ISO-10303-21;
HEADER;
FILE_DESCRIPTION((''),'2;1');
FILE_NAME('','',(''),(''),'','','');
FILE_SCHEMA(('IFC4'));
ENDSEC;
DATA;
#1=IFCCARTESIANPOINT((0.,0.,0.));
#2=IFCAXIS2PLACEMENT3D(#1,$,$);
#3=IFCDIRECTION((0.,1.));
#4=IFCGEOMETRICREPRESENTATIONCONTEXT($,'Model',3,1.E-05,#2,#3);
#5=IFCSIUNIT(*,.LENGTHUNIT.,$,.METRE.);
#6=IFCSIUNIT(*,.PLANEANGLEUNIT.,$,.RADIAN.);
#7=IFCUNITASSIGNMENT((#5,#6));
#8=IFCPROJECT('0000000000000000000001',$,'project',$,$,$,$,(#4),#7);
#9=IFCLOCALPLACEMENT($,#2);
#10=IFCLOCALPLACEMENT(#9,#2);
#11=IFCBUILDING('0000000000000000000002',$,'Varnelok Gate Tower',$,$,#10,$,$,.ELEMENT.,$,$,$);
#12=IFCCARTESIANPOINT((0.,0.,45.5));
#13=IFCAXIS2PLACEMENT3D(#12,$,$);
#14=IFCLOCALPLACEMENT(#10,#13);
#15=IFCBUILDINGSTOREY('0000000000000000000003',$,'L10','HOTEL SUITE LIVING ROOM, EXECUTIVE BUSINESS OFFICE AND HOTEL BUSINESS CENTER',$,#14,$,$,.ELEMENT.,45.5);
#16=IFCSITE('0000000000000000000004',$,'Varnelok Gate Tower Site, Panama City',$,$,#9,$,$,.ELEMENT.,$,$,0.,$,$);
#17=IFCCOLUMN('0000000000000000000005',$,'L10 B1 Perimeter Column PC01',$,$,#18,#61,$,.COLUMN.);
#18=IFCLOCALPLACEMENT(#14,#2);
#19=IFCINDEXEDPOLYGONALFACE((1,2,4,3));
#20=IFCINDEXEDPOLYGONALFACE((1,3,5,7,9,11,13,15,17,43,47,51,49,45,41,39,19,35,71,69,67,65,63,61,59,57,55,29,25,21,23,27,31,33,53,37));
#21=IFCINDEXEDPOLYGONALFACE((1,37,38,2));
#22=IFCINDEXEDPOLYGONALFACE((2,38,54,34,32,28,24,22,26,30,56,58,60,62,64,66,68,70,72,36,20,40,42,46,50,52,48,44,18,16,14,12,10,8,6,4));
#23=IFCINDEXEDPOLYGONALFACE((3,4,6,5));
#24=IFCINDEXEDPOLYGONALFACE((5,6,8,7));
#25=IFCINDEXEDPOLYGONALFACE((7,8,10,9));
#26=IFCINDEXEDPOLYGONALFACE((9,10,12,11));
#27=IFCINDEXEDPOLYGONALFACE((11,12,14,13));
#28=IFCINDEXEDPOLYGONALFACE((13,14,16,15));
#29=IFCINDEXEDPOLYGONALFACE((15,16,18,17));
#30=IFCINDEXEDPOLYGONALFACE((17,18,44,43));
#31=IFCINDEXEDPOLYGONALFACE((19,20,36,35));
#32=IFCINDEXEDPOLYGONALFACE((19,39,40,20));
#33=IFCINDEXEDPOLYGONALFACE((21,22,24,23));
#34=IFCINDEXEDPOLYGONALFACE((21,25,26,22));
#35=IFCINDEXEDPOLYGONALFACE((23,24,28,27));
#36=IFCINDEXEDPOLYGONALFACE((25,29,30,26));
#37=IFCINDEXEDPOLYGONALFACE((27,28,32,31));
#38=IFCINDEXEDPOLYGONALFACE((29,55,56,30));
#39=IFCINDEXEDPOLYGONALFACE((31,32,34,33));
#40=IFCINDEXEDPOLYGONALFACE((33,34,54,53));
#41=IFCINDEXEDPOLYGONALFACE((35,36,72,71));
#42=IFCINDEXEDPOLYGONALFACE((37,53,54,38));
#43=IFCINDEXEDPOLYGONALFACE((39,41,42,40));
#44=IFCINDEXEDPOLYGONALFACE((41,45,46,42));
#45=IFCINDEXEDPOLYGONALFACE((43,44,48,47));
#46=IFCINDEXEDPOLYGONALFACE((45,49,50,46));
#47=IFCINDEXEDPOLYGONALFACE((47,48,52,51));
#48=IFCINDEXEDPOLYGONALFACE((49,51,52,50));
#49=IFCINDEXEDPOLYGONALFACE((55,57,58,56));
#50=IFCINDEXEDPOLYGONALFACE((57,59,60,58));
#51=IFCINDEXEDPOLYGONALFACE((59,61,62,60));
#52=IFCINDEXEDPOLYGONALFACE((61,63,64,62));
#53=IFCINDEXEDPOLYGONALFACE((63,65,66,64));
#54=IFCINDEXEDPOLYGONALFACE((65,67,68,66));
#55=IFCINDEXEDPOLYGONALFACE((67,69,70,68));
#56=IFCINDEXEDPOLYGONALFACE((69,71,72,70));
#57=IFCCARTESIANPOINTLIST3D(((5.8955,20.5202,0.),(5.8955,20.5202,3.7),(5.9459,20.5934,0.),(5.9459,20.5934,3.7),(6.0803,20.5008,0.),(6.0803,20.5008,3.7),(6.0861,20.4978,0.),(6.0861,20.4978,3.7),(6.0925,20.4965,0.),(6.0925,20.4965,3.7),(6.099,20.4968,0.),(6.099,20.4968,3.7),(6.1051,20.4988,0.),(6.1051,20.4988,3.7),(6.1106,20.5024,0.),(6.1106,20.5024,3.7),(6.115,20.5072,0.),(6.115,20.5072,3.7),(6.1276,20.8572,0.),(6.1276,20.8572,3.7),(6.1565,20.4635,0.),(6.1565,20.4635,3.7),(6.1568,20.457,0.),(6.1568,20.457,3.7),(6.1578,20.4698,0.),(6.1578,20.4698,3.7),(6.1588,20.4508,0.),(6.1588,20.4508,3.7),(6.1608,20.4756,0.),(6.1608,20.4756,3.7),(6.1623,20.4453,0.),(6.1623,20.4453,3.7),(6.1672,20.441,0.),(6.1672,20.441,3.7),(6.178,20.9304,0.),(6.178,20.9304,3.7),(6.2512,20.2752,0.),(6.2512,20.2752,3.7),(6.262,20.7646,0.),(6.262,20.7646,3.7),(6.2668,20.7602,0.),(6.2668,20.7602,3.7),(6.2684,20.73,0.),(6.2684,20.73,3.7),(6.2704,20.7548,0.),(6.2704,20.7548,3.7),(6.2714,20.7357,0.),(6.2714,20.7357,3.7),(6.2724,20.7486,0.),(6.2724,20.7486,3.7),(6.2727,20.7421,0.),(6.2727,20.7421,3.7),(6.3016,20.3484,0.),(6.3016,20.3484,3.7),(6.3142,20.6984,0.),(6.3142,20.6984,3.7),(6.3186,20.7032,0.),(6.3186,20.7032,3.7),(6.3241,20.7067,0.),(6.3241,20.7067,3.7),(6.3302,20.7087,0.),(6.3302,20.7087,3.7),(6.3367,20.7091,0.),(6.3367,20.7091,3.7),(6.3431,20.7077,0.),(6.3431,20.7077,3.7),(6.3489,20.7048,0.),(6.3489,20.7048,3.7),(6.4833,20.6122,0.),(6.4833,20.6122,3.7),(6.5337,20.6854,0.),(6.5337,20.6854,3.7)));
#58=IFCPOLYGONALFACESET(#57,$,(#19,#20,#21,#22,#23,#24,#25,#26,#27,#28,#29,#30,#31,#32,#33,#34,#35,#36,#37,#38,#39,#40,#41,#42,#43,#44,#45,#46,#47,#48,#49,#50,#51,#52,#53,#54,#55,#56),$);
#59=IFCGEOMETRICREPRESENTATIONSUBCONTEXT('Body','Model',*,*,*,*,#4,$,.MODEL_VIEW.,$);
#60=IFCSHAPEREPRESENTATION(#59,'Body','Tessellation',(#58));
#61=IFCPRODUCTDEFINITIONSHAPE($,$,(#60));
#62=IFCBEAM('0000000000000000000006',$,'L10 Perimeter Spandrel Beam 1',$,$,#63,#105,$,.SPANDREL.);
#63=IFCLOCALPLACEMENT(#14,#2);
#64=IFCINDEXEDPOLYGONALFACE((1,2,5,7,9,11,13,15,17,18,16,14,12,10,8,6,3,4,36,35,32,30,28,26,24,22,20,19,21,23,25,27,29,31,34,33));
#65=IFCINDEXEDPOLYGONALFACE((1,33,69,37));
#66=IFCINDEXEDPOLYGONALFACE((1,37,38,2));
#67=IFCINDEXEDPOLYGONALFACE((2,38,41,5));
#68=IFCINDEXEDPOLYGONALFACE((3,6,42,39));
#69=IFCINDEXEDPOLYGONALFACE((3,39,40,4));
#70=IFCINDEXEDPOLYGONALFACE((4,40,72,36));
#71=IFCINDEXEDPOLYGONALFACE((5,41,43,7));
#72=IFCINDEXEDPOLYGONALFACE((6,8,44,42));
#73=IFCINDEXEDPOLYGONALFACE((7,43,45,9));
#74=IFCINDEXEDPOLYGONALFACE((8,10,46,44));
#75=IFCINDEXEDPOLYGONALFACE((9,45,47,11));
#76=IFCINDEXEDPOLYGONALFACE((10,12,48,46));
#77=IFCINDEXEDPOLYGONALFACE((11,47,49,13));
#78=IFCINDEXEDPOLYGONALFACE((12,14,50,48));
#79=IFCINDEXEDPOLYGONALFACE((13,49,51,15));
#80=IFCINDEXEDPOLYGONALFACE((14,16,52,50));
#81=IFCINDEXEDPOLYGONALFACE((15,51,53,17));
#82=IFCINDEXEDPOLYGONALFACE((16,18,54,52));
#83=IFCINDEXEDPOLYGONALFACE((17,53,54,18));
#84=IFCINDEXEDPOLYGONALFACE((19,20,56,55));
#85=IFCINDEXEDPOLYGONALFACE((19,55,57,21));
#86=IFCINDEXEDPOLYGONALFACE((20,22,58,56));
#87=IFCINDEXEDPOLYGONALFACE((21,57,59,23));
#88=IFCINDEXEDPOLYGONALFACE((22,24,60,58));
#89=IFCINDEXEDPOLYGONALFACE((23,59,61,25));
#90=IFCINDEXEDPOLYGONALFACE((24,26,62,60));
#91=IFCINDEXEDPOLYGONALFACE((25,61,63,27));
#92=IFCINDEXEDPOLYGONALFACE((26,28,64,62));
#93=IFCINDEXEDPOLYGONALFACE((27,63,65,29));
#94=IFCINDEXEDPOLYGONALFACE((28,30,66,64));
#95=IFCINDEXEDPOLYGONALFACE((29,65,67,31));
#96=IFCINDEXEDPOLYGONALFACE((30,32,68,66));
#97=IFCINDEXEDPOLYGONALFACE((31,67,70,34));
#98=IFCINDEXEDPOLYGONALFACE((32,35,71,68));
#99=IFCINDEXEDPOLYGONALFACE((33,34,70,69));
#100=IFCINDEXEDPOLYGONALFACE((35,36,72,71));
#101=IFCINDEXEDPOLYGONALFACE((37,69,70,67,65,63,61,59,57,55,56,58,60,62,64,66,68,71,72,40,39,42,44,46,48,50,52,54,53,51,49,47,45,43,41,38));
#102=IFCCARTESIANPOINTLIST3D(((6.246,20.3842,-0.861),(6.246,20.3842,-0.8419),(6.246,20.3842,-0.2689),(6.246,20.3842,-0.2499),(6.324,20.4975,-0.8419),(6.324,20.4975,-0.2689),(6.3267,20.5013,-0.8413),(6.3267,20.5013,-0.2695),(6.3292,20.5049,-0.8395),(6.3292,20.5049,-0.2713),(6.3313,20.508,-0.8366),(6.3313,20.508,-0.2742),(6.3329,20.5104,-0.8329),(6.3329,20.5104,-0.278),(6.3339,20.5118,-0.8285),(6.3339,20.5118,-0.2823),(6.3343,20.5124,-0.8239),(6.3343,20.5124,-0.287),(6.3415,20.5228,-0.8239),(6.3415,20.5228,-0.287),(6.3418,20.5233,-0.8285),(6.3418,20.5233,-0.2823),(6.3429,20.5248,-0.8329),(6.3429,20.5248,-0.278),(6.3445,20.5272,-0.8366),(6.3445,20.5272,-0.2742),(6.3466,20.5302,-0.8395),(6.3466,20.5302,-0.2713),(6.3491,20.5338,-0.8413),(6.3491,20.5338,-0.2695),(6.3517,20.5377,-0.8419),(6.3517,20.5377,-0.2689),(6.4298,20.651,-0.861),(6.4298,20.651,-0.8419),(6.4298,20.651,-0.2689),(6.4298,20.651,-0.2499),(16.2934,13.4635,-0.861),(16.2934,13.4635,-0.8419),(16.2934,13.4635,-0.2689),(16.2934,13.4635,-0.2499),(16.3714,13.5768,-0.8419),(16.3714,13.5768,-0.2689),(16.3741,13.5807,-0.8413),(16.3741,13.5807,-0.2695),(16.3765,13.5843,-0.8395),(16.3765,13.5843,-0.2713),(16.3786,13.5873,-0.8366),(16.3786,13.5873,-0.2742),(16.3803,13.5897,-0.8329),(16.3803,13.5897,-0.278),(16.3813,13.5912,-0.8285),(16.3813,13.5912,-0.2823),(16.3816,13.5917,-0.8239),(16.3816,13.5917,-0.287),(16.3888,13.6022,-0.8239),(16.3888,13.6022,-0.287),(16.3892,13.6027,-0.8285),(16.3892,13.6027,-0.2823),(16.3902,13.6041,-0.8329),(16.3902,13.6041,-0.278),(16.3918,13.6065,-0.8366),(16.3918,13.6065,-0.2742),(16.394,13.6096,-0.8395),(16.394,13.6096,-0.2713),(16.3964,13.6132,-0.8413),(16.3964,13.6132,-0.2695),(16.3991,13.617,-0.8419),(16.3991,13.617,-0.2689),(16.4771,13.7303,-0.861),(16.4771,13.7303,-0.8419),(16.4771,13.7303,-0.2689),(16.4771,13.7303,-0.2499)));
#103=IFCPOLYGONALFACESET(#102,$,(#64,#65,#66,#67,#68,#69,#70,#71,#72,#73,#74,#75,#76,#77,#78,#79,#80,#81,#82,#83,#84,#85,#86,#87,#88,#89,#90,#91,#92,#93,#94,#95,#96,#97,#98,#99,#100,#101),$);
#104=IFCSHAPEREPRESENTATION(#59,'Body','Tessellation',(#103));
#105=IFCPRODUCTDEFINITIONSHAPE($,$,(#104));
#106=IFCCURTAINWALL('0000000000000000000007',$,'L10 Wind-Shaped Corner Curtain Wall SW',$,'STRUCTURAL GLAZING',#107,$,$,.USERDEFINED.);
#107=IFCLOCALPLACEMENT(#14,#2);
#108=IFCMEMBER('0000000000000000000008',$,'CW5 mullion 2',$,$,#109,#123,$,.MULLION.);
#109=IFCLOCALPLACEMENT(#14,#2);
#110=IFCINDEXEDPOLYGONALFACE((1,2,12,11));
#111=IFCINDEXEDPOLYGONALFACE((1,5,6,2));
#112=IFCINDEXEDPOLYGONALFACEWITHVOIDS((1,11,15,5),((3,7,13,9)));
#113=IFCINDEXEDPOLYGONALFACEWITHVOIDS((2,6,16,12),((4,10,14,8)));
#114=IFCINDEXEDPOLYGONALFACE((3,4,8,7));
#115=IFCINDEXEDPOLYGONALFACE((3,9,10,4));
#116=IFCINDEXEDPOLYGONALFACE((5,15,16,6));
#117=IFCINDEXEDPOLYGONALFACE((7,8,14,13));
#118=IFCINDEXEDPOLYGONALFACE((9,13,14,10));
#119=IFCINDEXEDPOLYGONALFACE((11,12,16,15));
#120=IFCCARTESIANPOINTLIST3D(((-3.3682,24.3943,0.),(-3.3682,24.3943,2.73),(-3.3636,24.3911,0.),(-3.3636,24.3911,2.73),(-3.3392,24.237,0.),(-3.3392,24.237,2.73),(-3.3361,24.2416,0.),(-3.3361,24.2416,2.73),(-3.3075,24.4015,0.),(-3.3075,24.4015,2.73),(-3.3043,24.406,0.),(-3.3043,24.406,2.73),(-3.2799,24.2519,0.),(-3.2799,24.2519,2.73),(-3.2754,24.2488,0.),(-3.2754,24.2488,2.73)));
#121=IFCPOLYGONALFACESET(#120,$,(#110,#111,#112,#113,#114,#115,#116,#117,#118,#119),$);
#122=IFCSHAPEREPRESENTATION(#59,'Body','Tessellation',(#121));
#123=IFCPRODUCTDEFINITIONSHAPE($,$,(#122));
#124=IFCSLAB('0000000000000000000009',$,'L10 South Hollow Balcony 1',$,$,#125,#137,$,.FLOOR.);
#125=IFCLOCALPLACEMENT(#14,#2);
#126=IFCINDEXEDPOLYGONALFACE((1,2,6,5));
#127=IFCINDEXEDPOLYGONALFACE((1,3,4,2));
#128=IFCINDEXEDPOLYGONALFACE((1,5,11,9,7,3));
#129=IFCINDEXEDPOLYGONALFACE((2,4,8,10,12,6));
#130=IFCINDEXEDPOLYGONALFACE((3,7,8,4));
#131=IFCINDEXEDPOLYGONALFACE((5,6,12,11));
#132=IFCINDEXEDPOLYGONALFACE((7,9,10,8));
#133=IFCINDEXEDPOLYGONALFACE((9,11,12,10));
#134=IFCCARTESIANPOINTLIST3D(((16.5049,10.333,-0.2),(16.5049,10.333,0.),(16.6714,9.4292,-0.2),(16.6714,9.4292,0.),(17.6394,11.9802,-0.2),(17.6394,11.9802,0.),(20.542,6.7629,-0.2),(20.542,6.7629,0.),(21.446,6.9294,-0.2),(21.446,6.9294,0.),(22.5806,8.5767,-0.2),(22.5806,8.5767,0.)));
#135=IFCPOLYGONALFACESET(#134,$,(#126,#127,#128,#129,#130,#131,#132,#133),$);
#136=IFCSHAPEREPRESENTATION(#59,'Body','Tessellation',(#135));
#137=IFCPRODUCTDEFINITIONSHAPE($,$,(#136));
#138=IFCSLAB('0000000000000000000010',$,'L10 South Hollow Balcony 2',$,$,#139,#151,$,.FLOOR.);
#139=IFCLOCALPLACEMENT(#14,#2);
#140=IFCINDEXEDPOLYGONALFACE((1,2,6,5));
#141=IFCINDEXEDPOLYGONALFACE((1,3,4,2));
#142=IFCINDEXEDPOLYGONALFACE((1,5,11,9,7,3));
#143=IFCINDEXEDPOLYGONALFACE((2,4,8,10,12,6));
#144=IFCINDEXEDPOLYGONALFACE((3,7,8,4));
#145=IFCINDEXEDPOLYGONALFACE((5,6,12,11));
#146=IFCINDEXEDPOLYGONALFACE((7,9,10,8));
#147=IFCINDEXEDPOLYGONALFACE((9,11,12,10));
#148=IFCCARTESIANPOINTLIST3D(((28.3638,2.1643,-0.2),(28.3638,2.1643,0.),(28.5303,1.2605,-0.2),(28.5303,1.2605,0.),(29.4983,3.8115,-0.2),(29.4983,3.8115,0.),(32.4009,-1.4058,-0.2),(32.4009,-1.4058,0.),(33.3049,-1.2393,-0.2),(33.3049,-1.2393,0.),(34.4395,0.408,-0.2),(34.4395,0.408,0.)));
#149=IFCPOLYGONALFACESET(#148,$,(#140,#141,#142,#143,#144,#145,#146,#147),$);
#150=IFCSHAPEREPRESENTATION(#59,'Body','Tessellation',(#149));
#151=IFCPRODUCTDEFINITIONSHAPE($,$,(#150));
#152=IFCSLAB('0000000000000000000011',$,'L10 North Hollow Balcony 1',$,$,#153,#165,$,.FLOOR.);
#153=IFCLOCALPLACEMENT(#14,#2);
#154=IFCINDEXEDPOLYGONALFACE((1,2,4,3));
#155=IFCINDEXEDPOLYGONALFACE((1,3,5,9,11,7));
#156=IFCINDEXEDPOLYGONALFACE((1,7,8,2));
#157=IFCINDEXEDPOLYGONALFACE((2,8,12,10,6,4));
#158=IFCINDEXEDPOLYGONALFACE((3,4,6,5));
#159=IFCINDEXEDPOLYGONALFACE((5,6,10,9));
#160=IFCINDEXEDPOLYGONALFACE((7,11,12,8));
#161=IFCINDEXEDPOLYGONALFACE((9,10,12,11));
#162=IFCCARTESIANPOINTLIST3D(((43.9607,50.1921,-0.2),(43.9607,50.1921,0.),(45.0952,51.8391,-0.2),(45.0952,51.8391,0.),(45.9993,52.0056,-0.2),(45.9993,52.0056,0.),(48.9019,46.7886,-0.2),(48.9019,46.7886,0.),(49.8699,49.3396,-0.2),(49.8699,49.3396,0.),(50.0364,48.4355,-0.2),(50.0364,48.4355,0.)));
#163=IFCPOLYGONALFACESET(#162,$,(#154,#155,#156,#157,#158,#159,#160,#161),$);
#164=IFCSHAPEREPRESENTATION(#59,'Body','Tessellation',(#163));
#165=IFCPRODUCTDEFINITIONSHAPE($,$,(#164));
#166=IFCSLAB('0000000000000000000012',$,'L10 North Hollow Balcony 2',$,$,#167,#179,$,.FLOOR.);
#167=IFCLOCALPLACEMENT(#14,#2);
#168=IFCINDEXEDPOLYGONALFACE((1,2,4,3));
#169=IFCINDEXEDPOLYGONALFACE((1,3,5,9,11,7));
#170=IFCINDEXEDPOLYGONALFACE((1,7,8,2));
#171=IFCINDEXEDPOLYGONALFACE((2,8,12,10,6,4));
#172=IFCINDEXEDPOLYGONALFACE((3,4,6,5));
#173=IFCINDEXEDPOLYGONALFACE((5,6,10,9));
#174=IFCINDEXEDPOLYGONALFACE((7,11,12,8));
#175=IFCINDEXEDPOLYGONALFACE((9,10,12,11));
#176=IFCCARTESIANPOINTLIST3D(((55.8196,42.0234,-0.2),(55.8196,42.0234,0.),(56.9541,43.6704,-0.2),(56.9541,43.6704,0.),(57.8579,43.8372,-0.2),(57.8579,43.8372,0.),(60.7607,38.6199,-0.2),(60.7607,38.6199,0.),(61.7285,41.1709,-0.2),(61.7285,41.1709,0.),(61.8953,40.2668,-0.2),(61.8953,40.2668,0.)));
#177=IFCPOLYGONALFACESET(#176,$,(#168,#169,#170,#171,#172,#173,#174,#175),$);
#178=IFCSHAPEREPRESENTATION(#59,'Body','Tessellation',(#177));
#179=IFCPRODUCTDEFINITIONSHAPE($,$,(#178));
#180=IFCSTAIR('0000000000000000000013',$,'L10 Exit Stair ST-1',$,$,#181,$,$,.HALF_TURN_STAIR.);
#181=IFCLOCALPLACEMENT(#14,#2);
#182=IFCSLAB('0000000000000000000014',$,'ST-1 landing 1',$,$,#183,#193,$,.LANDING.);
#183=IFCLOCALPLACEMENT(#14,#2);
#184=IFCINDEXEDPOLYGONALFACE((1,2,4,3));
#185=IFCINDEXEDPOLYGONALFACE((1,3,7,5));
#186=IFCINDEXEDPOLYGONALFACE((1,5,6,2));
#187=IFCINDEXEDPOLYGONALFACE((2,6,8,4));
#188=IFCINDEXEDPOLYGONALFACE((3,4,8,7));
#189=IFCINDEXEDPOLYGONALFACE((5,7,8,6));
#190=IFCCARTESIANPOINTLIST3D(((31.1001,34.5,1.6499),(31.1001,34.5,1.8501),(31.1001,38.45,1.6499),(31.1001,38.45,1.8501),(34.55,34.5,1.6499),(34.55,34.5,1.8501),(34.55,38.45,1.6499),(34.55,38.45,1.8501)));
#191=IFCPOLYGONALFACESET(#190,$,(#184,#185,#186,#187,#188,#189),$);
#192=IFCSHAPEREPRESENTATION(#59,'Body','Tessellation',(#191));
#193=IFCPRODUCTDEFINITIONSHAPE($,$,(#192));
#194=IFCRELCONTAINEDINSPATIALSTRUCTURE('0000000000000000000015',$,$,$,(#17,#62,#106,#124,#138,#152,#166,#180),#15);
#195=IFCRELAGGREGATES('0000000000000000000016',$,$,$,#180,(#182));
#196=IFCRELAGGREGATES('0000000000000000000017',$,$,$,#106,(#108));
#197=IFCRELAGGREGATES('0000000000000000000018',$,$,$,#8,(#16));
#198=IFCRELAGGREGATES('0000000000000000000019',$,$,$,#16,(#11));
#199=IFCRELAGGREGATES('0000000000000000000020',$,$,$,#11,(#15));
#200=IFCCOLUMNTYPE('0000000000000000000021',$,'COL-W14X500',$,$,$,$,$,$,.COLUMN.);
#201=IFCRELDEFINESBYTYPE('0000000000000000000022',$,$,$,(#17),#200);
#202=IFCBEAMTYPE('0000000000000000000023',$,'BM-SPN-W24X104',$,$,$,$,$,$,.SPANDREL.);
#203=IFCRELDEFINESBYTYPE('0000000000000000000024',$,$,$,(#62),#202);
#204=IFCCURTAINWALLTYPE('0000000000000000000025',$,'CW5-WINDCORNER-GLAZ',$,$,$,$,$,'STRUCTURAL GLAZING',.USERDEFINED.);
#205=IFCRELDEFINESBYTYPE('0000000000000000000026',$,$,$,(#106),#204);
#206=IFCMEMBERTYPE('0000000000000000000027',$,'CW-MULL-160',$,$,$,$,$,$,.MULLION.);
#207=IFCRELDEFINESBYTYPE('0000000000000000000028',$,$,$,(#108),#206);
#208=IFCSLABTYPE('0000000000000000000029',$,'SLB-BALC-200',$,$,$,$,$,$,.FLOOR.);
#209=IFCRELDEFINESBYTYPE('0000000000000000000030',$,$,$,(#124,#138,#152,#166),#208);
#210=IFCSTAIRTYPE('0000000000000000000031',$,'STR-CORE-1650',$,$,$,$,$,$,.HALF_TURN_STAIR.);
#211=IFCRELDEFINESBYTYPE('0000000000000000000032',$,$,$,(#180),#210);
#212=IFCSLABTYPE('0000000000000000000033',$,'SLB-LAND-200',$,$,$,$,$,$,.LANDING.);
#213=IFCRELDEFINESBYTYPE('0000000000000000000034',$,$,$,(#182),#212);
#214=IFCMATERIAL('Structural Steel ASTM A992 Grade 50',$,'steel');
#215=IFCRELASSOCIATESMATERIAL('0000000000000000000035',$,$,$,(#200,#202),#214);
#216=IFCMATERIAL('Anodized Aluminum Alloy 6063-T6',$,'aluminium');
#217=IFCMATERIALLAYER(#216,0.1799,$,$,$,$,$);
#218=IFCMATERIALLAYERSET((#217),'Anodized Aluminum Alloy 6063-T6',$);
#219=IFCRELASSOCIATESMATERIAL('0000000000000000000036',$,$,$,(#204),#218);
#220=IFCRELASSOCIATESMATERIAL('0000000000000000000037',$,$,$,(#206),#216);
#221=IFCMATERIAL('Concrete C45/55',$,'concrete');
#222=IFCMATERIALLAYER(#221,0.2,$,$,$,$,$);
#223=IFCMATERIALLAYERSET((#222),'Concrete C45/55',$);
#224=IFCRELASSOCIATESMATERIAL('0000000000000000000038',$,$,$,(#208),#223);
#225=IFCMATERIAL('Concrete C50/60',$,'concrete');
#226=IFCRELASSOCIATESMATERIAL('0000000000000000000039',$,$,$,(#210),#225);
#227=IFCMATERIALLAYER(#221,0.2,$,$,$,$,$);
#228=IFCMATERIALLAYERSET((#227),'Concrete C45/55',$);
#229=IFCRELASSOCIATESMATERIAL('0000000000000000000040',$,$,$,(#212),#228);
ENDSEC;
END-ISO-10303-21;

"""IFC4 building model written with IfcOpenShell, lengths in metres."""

from ifc_helpers import new_model, si_unit, direction, frame, origin, origin_2d, place, context, subcontext, project, spatial, polyline, hollow_rectangle, i_section, outline, extrude, material, layer, layer_set, material_profile, profile_set, type_object, element, aggregate, save


model = new_model("IFC4")

# Units and contexts
model_context = context("Model", 3, precision=1e-05, world=origin(), true_north=direction((0.0, 1.0)))
body_context = subcontext(model_context, "Body", "Model", "MODEL_VIEW")
ifc_project = project(units=[si_unit("LENGTHUNIT", "METRE"), si_unit("PLANEANGLEUNIT", "RADIAN")], contexts=[model_context])

# Site, building, storey
site_placement = place(None, origin())
site = spatial("IfcSite", under=ifc_project, at=site_placement, Name="Varnelok Gate Tower Site, Panama City", CompositionType="ELEMENT", RefElevation=0.0)
building_placement = place(site_placement, origin())
building = spatial("IfcBuilding", under=site, at=building_placement, Name="Varnelok Gate Tower", CompositionType="ELEMENT")
storey_placement = place(building_placement, frame((0.0, 0.0, 45.5)))
storey = spatial("IfcBuildingStorey", under=building, at=storey_placement, Name="L10", Description="HOTEL SUITE LIVING ROOM, EXECUTIVE BUSINESS OFFICE AND HOTEL BUSINESS CENTER", CompositionType="ELEMENT", Elevation=45.5)

# Column
ifc_material_1 = material(Name="Structural Steel ASTM A992 Grade 50", Category="steel")
ifc_material_profile_1 = material_profile(ifc_material_1, i_section(OverallWidth=0.4319, OverallDepth=0.498, WebThickness=0.0557, FlangeThickness=0.0889, FilletRadius=0.0249, at=origin_2d()), Name="W14X500")
ifc_profile_set_1 = profile_set([ifc_material_profile_1], Name="Structural Steel ASTM A992 Grade 50")
column_type = type_object("IfcColumnType", Name="COL-W14X500", PredefinedType="COLUMN", material=ifc_profile_set_1)
column_placement = place(storey_placement, frame((6.2146, 20.6028, 0.0), z_axis=(0.0, 0.0, 1.0), x_axis=(0.823533, -0.567269, 0.0)))
element("IfcColumn", 1, at=column_placement, inside=storey, type_object=column_type, Name="L10 B1 Perimeter Column PC01", PredefinedType="COLUMN", context=body_context, shape_type="SweptSolid", body=[
    extrude(i_section(OverallWidth=0.4319, OverallDepth=0.498, WebThickness=0.0557, FlangeThickness=0.0889, FilletRadius=0.0249, at=origin_2d()), origin(), (0.0, 0.0, 1.0), 3.7),
])

# Beam
ifc_material_profile_2 = material_profile(ifc_material_1, i_section(OverallWidth=0.324, OverallDepth=0.6111, WebThickness=0.0127, FlangeThickness=0.019, FilletRadius=0.0181, at=origin_2d()), Name="W24X104")
ifc_profile_set_2 = profile_set([ifc_material_profile_2], Name="Structural Steel ASTM A992 Grade 50")
beam_type = type_object("IfcBeamType", Name="BM-SPN-W24X104", PredefinedType="SPANDREL", material=ifc_profile_set_2)
beam_placement = place(storey_placement, frame((6.3379, 20.5176, -0.5554), z_axis=(0.823541, -0.567257, 0.0), x_axis=(0.567257, 0.823541, 0.0)))
element("IfcBeam", 2, at=beam_placement, inside=storey, type_object=beam_type, Name="L10 Perimeter Spandrel Beam 1", PredefinedType="SPANDREL", context=body_context, shape_type="SweptSolid", body=[
    extrude(i_section(OverallWidth=0.324, OverallDepth=0.6111, WebThickness=0.0127, FlangeThickness=0.019, FilletRadius=0.0181, at=origin_2d()), origin(), (0.0, 0.0, 1.0), 12.2002),
])

# Curtain wall, member
ifc_material_2 = material(Name="Anodized Aluminum Alloy 6063-T6", Category="aluminium")
ifc_layer_1 = layer(ifc_material_2, 0.1799)
ifc_layer_set_1 = layer_set([ifc_layer_1], Name="Anodized Aluminum Alloy 6063-T6")
curtain_wall_type = type_object("IfcCurtainWallType", Name="CW5-WINDCORNER-GLAZ", ElementType="STRUCTURAL GLAZING", PredefinedType="USERDEFINED", material=ifc_layer_set_1)
curtain_wall_placement = place(storey_placement, origin())
curtain_wall = element("IfcCurtainWall", 3, at=curtain_wall_placement, inside=storey, type_object=curtain_wall_type, Name="L10 Wind-Shaped Corner Curtain Wall SW", ObjectType="STRUCTURAL GLAZING", PredefinedType="USERDEFINED")
ifc_material_profile_3 = material_profile(ifc_material_2, hollow_rectangle(XDim=0.0649, YDim=0.1599, WallThickness=0.0039, at=origin_2d()), Name="ALU160X65X4")
ifc_profile_set_3 = profile_set([ifc_material_profile_3], Name="Anodized Aluminum Alloy 6063-T6")
member_type = type_object("IfcMemberType", Name="CW-MULL-160", PredefinedType="MULLION", material=ifc_profile_set_3)
member_placement = place(storey_placement, frame((-3.3218, 24.3215, 0.0), z_axis=(0.0, 0.0, 1.0), x_axis=(0.983446, 0.181203, 0.0)))
member = element("IfcMember", 4, at=member_placement, type_object=member_type, Name="CW5 mullion 2", PredefinedType="MULLION", context=body_context, shape_type="SweptSolid", body=[
    extrude(hollow_rectangle(XDim=0.0649, YDim=0.1599, WallThickness=0.0039, at=origin_2d()), origin(), (0.0, 0.0, 1.0), 2.73),
])

# Slabs
ifc_material_3 = material(Name="Concrete C45/55", Category="concrete")
ifc_layer_2 = layer(ifc_material_3, 0.2)
ifc_layer_set_2 = layer_set([ifc_layer_2], Name="Concrete C45/55")
slab_type_1 = type_object("IfcSlabType", Name="SLB-BALC-200", PredefinedType="FLOOR", material=ifc_layer_set_2)
slab_1_placement = place(storey_placement, frame((0.0, 0.0, -0.2)))
element("IfcSlab", 5, at=slab_1_placement, inside=storey, type_object=slab_type_1, Name="L10 South Hollow Balcony 1", PredefinedType="FLOOR", context=body_context, shape_type="SweptSolid", body=[
    extrude(outline(polyline([(16.5049, 10.333), (16.6714, 9.4292), (20.542, 6.7629), (21.446, 6.9294), (22.5806, 8.5767), (17.6394, 11.9802), (16.5049, 10.333)])), origin(), (0.0, 0.0, 1.0), 0.2),
])
slab_2_placement = place(storey_placement, frame((0.0, 0.0, -0.2)))
element("IfcSlab", 6, at=slab_2_placement, inside=storey, type_object=slab_type_1, Name="L10 South Hollow Balcony 2", PredefinedType="FLOOR", context=body_context, shape_type="SweptSolid", body=[
    extrude(outline(polyline([(28.3638, 2.1643), (28.5303, 1.2605), (32.4009, -1.4058), (33.3049, -1.2393), (34.4395, 0.408), (29.4983, 3.8115), (28.3638, 2.1643)])), origin(), (0.0, 0.0, 1.0), 0.2),
])
slab_3_placement = place(storey_placement, frame((0.0, 0.0, -0.2)))
element("IfcSlab", 7, at=slab_3_placement, inside=storey, type_object=slab_type_1, Name="L10 North Hollow Balcony 1", PredefinedType="FLOOR", context=body_context, shape_type="SweptSolid", body=[
    extrude(outline(polyline([(43.9607, 50.1921), (48.9019, 46.7886), (50.0364, 48.4355), (49.8699, 49.3396), (45.9993, 52.0056), (45.0952, 51.8391), (43.9607, 50.1921)])), origin(), (0.0, 0.0, 1.0), 0.2),
])
slab_4_placement = place(storey_placement, frame((0.0, 0.0, -0.2)))
element("IfcSlab", 8, at=slab_4_placement, inside=storey, type_object=slab_type_1, Name="L10 North Hollow Balcony 2", PredefinedType="FLOOR", context=body_context, shape_type="SweptSolid", body=[
    extrude(outline(polyline([(55.8196, 42.0234), (60.7607, 38.6199), (61.8953, 40.2668), (61.7285, 41.1709), (57.8579, 43.8372), (56.9541, 43.6704), (55.8196, 42.0234)])), origin(), (0.0, 0.0, 1.0), 0.2),
])

# Stair, slab
ifc_material_4 = material(Name="Concrete C50/60", Category="concrete")
stair_type = type_object("IfcStairType", Name="STR-CORE-1650", PredefinedType="HALF_TURN_STAIR", material=ifc_material_4)
stair_1_placement = place(storey_placement, origin())
stair_1 = element("IfcStair", 9, at=stair_1_placement, inside=storey, type_object=stair_type, Name="L10 Exit Stair ST-1", PredefinedType="HALF_TURN_STAIR")
ifc_layer_3 = layer(ifc_material_3, 0.2)
ifc_layer_set_3 = layer_set([ifc_layer_3], Name="Concrete C45/55")
slab_type_2 = type_object("IfcSlabType", Name="SLB-LAND-200", PredefinedType="LANDING", material=ifc_layer_set_3)
slab_5_placement = place(storey_placement, frame((0.0, 0.0, 1.6499)))
slab_5 = element("IfcSlab", 10, at=slab_5_placement, type_object=slab_type_2, Name="ST-1 landing 1", PredefinedType="LANDING", context=body_context, shape_type="SweptSolid", body=[
    extrude(outline(polyline([(34.55, 34.5), (34.55, 38.45), (31.1001, 38.45), (31.1001, 34.5), (34.55, 34.5)])), origin(), (0.0, 0.0, 1.0), 0.2002),
])
aggregate(stair_1, [slab_5])

aggregate(curtain_wall, [member])

save(model, "model.ifc")
